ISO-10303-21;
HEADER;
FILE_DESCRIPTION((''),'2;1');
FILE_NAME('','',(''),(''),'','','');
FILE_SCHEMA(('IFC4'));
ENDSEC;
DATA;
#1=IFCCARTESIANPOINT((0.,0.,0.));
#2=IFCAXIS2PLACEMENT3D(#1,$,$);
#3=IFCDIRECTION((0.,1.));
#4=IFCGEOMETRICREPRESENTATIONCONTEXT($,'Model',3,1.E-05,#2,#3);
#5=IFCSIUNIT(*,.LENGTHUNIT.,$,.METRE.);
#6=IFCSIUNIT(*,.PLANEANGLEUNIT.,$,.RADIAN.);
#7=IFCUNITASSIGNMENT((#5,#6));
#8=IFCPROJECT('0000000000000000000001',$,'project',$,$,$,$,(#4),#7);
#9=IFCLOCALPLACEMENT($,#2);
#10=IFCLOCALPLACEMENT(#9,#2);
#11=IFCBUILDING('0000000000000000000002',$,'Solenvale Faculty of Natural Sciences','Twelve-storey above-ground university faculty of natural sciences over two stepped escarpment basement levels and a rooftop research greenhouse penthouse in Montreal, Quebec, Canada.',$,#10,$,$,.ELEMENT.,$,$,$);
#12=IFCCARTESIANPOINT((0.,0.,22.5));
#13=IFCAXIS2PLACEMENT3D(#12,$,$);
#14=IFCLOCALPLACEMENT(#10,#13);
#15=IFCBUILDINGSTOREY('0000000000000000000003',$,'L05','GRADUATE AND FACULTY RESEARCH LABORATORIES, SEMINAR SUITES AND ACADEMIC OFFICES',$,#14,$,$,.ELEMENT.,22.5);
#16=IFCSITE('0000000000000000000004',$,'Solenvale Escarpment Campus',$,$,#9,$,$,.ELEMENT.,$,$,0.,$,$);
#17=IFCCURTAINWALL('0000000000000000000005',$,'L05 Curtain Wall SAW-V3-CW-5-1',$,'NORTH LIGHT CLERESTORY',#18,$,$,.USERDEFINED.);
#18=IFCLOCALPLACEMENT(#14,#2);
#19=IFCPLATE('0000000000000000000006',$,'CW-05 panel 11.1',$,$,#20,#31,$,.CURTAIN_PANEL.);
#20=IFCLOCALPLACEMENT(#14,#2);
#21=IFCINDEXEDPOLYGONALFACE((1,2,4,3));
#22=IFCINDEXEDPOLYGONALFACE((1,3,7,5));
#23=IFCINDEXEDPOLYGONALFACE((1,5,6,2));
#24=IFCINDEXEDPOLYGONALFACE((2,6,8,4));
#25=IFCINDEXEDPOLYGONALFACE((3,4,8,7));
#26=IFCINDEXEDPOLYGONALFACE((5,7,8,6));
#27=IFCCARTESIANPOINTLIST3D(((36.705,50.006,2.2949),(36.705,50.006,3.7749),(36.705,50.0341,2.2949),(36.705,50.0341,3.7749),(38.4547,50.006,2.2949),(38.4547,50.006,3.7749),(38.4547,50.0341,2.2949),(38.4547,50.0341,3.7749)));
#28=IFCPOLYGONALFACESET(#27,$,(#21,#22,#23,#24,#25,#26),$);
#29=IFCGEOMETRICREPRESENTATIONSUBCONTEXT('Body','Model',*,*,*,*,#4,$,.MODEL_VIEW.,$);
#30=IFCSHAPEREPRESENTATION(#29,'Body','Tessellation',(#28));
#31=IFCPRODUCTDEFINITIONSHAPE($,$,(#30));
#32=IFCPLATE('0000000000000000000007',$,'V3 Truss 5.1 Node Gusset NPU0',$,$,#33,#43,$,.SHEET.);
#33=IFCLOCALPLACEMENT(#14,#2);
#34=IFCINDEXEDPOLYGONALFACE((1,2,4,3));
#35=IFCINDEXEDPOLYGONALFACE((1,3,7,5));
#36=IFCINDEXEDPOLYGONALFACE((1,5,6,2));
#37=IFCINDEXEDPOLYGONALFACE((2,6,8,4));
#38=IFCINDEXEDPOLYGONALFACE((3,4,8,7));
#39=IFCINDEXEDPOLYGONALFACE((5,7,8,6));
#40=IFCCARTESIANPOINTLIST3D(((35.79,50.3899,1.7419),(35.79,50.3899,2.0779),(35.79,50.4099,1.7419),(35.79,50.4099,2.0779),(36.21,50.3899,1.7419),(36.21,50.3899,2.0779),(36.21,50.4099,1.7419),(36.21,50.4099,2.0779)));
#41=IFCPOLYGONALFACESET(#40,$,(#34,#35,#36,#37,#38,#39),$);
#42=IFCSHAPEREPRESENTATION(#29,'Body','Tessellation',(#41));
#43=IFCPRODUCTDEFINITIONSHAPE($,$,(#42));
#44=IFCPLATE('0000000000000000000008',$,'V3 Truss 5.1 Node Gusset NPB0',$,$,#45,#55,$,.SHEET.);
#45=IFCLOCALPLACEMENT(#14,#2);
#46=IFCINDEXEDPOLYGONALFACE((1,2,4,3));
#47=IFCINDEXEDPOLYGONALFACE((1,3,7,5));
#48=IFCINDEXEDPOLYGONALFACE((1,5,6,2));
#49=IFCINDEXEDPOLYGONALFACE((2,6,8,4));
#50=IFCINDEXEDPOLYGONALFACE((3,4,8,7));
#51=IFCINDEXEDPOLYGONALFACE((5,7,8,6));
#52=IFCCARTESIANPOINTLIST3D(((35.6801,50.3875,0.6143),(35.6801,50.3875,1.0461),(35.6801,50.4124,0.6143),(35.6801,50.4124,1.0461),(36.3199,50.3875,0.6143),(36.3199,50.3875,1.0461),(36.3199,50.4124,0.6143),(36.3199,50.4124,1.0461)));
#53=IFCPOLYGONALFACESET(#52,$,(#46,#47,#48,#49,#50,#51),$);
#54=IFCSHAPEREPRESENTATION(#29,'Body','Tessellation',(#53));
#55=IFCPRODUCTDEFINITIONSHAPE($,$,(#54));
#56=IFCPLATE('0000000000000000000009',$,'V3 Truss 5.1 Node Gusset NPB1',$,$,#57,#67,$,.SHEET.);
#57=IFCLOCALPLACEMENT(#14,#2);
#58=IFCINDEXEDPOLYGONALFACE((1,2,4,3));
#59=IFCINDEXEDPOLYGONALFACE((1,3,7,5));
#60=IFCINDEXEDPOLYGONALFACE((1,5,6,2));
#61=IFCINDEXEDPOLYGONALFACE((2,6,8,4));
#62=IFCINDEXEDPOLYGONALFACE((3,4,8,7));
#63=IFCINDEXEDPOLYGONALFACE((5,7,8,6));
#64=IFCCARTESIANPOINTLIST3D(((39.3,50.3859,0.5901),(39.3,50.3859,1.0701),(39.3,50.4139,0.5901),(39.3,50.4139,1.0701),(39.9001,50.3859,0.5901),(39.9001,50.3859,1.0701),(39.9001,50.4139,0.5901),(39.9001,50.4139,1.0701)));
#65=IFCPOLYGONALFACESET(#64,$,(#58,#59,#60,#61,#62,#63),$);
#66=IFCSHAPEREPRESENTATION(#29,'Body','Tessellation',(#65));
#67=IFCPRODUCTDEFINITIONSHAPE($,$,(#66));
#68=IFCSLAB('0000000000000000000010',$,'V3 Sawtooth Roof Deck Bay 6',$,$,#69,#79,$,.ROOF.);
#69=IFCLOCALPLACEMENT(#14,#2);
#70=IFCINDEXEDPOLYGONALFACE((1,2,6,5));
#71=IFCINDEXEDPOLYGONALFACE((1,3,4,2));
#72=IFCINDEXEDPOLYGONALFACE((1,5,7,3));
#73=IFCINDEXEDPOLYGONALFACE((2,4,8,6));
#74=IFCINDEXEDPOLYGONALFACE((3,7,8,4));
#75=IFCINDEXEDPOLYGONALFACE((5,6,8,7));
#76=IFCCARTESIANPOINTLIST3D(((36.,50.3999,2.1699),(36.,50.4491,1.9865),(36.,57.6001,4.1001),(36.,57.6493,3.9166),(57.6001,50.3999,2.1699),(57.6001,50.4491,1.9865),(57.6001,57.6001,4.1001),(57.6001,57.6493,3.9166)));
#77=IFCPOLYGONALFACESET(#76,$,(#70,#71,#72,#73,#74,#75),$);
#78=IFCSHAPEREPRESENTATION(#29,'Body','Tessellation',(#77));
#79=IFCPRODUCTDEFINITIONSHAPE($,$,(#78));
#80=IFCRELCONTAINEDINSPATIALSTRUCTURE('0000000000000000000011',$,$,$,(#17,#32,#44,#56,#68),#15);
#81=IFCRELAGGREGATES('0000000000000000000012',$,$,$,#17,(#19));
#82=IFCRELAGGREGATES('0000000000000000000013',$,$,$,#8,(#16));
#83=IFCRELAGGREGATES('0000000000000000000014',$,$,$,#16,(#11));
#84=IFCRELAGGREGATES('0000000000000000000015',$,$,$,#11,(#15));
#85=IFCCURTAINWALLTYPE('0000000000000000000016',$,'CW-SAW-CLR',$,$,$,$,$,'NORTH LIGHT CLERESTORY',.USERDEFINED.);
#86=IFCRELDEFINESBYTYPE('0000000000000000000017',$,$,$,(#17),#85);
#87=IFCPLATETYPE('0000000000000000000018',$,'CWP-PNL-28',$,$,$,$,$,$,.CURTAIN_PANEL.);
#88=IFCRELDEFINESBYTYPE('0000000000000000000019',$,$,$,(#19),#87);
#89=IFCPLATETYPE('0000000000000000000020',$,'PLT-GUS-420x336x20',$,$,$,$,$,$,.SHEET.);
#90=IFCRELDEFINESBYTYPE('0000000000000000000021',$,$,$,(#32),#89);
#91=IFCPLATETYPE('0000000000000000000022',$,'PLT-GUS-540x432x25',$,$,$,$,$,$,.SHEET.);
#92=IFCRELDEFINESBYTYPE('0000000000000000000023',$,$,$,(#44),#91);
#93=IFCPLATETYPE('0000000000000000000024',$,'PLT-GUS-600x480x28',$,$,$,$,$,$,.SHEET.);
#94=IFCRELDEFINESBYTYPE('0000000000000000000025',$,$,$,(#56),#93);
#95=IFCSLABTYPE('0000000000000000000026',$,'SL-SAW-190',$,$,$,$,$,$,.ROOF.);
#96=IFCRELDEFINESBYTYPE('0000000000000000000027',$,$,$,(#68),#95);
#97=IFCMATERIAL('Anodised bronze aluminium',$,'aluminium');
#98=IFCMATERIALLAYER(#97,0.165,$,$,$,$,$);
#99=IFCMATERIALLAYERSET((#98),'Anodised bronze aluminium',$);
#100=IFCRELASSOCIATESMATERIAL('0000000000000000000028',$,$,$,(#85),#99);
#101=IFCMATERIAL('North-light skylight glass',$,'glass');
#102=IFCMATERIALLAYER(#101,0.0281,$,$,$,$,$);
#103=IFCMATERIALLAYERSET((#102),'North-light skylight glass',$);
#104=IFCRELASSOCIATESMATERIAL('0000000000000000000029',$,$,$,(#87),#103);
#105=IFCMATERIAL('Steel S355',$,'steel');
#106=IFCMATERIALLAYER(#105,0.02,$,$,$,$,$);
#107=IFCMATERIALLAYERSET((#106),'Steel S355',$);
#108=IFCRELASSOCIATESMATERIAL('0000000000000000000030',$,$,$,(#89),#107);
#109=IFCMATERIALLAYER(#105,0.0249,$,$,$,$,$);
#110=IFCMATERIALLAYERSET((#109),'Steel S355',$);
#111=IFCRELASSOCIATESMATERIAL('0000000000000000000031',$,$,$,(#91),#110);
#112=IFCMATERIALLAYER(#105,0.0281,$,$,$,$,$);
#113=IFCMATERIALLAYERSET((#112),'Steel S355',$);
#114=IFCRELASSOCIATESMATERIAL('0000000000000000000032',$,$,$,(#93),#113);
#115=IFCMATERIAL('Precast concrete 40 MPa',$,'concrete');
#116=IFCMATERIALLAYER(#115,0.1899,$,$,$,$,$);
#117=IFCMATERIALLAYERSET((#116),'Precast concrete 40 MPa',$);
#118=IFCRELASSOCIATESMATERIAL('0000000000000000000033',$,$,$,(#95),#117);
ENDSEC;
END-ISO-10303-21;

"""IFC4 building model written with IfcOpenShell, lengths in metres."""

from ifc_helpers import new_model, si_unit, direction, frame, origin, origin_2d, place, context, subcontext, project, spatial, polyline, rectangle, outline, extrude, material, layer, layer_set, type_object, element, aggregate, save


model = new_model("IFC4")

# Units and contexts
model_context = context("Model", 3, precision=1e-05, world=origin(), true_north=direction((0.0, 1.0)))
body_context = subcontext(model_context, "Body", "Model", "MODEL_VIEW")
ifc_project = project(units=[si_unit("LENGTHUNIT", "METRE"), si_unit("PLANEANGLEUNIT", "RADIAN")], contexts=[model_context])

# Site, building, storey
site_placement = place(None, origin())
site = spatial("IfcSite", under=ifc_project, at=site_placement, Name="Solenvale Escarpment Campus", CompositionType="ELEMENT", RefElevation=0.0)
building_placement = place(site_placement, origin())
building = spatial("IfcBuilding", under=site, at=building_placement, Name="Solenvale Faculty of Natural Sciences", Description="Twelve-storey above-ground university faculty of natural sciences over two stepped escarpment basement levels and a rooftop research greenhouse penthouse in Montreal, Quebec, Canada.", CompositionType="ELEMENT")
storey_placement = place(building_placement, frame((0.0, 0.0, 22.5)))
storey = spatial("IfcBuildingStorey", under=building, at=storey_placement, Name="L05", Description="GRADUATE AND FACULTY RESEARCH LABORATORIES, SEMINAR SUITES AND ACADEMIC OFFICES", CompositionType="ELEMENT", Elevation=22.5)

# Shared definitions
ifc_material_1 = material(Name="Steel S355", Category="steel")

# Curtain wall
ifc_material_2 = material(Name="Anodised bronze aluminium", Category="aluminium")
ifc_layer_1 = layer(ifc_material_2, 0.165)
ifc_layer_set_1 = layer_set([ifc_layer_1], Name="Anodised bronze aluminium")
curtain_wall_type = type_object("IfcCurtainWallType", Name="CW-SAW-CLR", ElementType="NORTH LIGHT CLERESTORY", PredefinedType="USERDEFINED", material=ifc_layer_set_1)
curtain_wall_placement = place(storey_placement, origin())
curtain_wall = element("IfcCurtainWall", 1, at=curtain_wall_placement, inside=storey, type_object=curtain_wall_type, Name="L05 Curtain Wall SAW-V3-CW-5-1", ObjectType="NORTH LIGHT CLERESTORY", PredefinedType="USERDEFINED")

# Plate
ifc_material_3 = material(Name="North-light skylight glass", Category="glass")
ifc_layer_2 = layer(ifc_material_3, 0.0281)
ifc_layer_set_2 = layer_set([ifc_layer_2], Name="North-light skylight glass")
plate_type_1 = type_object("IfcPlateType", Name="CWP-PNL-28", PredefinedType="CURTAIN_PANEL", material=ifc_layer_set_2)
plate_1_placement = place(storey_placement, frame((37.5798, 50.02, 2.2949), z_axis=(0.0, 0.0, 1.0), x_axis=(-1.0, 0.0, 0.0)))
plate_1 = element("IfcPlate", 2, at=plate_1_placement, type_object=plate_type_1, Name="CW-05 panel 11.1", PredefinedType="CURTAIN_PANEL", context=body_context, shape_type="SweptSolid", body=[
    extrude(rectangle(XDim=1.7498, YDim=0.0281, at=origin_2d()), origin(), (0.0, 0.0, 1.0), 1.48),
])
aggregate(curtain_wall, [plate_1])

# Plates
ifc_layer_3 = layer(ifc_material_1, 0.02)
ifc_layer_set_3 = layer_set([ifc_layer_3], Name="Steel S355")
plate_type_2 = type_object("IfcPlateType", Name="PLT-GUS-420x336x20", PredefinedType="SHEET", material=ifc_layer_set_3)
plate_2_placement = place(storey_placement, frame((36.0, 50.3999, 1.7419), z_axis=(0.0, 0.0, 1.0), x_axis=(1.0, 0.0, 0.0)))
element("IfcPlate", 3, at=plate_2_placement, inside=storey, type_object=plate_type_2, Name="V3 Truss 5.1 Node Gusset NPU0", PredefinedType="SHEET", context=body_context, shape_type="SweptSolid", body=[
    extrude(rectangle(XDim=0.4199, YDim=0.02, at=origin_2d()), origin(), (0.0, 0.0, 1.0), 0.3359),
])
ifc_layer_4 = layer(ifc_material_1, 0.0249)
ifc_layer_set_4 = layer_set([ifc_layer_4], Name="Steel S355")
plate_type_3 = type_object("IfcPlateType", Name="PLT-GUS-540x432x25", PredefinedType="SHEET", material=ifc_layer_set_4)
plate_3_placement = place(storey_placement, frame((36.0, 50.3999, 0.6143), z_axis=(0.0, 0.0, 1.0), x_axis=(1.0, 0.0, 0.0)))
element("IfcPlate", 4, at=plate_3_placement, inside=storey, type_object=plate_type_3, Name="V3 Truss 5.1 Node Gusset NPB0", PredefinedType="SHEET", context=body_context, shape_type="SweptSolid", body=[
    extrude(rectangle(XDim=0.6399, YDim=0.0249, at=origin_2d()), origin(), (0.0, 0.0, 1.0), 0.4319),
])
ifc_layer_5 = layer(ifc_material_1, 0.0281)
ifc_layer_set_5 = layer_set([ifc_layer_5], Name="Steel S355")
plate_type_4 = type_object("IfcPlateType", Name="PLT-GUS-600x480x28", PredefinedType="SHEET", material=ifc_layer_set_5)
plate_4_placement = place(storey_placement, frame((39.6001, 50.3999, 0.5901), z_axis=(0.0, 0.0, 1.0), x_axis=(1.0, 0.0, 0.0)))
element("IfcPlate", 5, at=plate_4_placement, inside=storey, type_object=plate_type_4, Name="V3 Truss 5.1 Node Gusset NPB1", PredefinedType="SHEET", context=body_context, shape_type="SweptSolid", body=[
    extrude(rectangle(XDim=0.6001, YDim=0.0281, at=origin_2d()), origin(), (0.0, 0.0, 1.0), 0.48),
])

# Slab
ifc_material_4 = material(Name="Precast concrete 40 MPa", Category="concrete")
ifc_layer_6 = layer(ifc_material_4, 0.1899)
ifc_layer_set_6 = layer_set([ifc_layer_6], Name="Precast concrete 40 MPa")
slab_type = type_object("IfcSlabType", Name="SL-SAW-190", PredefinedType="ROOF", material=ifc_layer_set_6)
slab_placement = place(storey_placement, frame((36.0, 50.3999, 2.1699), z_axis=(0.0, -0.25893, 0.965896), x_axis=(1.0, 0.0, 0.0)))
element("IfcSlab", 6, at=slab_placement, inside=storey, type_object=slab_type, Name="V3 Sawtooth Roof Deck Bay 6", PredefinedType="ROOF", context=body_context, shape_type="SweptSolid", body=[
    extrude(outline(polyline([(0.0, 0.0), (21.6001, 0.0), (21.6001, 7.4544), (0.0, 7.4544), (0.0, 0.0)])), origin(), (0.0, 0.0, -1.0), 0.1899),
])

save(model, "model.ifc")
